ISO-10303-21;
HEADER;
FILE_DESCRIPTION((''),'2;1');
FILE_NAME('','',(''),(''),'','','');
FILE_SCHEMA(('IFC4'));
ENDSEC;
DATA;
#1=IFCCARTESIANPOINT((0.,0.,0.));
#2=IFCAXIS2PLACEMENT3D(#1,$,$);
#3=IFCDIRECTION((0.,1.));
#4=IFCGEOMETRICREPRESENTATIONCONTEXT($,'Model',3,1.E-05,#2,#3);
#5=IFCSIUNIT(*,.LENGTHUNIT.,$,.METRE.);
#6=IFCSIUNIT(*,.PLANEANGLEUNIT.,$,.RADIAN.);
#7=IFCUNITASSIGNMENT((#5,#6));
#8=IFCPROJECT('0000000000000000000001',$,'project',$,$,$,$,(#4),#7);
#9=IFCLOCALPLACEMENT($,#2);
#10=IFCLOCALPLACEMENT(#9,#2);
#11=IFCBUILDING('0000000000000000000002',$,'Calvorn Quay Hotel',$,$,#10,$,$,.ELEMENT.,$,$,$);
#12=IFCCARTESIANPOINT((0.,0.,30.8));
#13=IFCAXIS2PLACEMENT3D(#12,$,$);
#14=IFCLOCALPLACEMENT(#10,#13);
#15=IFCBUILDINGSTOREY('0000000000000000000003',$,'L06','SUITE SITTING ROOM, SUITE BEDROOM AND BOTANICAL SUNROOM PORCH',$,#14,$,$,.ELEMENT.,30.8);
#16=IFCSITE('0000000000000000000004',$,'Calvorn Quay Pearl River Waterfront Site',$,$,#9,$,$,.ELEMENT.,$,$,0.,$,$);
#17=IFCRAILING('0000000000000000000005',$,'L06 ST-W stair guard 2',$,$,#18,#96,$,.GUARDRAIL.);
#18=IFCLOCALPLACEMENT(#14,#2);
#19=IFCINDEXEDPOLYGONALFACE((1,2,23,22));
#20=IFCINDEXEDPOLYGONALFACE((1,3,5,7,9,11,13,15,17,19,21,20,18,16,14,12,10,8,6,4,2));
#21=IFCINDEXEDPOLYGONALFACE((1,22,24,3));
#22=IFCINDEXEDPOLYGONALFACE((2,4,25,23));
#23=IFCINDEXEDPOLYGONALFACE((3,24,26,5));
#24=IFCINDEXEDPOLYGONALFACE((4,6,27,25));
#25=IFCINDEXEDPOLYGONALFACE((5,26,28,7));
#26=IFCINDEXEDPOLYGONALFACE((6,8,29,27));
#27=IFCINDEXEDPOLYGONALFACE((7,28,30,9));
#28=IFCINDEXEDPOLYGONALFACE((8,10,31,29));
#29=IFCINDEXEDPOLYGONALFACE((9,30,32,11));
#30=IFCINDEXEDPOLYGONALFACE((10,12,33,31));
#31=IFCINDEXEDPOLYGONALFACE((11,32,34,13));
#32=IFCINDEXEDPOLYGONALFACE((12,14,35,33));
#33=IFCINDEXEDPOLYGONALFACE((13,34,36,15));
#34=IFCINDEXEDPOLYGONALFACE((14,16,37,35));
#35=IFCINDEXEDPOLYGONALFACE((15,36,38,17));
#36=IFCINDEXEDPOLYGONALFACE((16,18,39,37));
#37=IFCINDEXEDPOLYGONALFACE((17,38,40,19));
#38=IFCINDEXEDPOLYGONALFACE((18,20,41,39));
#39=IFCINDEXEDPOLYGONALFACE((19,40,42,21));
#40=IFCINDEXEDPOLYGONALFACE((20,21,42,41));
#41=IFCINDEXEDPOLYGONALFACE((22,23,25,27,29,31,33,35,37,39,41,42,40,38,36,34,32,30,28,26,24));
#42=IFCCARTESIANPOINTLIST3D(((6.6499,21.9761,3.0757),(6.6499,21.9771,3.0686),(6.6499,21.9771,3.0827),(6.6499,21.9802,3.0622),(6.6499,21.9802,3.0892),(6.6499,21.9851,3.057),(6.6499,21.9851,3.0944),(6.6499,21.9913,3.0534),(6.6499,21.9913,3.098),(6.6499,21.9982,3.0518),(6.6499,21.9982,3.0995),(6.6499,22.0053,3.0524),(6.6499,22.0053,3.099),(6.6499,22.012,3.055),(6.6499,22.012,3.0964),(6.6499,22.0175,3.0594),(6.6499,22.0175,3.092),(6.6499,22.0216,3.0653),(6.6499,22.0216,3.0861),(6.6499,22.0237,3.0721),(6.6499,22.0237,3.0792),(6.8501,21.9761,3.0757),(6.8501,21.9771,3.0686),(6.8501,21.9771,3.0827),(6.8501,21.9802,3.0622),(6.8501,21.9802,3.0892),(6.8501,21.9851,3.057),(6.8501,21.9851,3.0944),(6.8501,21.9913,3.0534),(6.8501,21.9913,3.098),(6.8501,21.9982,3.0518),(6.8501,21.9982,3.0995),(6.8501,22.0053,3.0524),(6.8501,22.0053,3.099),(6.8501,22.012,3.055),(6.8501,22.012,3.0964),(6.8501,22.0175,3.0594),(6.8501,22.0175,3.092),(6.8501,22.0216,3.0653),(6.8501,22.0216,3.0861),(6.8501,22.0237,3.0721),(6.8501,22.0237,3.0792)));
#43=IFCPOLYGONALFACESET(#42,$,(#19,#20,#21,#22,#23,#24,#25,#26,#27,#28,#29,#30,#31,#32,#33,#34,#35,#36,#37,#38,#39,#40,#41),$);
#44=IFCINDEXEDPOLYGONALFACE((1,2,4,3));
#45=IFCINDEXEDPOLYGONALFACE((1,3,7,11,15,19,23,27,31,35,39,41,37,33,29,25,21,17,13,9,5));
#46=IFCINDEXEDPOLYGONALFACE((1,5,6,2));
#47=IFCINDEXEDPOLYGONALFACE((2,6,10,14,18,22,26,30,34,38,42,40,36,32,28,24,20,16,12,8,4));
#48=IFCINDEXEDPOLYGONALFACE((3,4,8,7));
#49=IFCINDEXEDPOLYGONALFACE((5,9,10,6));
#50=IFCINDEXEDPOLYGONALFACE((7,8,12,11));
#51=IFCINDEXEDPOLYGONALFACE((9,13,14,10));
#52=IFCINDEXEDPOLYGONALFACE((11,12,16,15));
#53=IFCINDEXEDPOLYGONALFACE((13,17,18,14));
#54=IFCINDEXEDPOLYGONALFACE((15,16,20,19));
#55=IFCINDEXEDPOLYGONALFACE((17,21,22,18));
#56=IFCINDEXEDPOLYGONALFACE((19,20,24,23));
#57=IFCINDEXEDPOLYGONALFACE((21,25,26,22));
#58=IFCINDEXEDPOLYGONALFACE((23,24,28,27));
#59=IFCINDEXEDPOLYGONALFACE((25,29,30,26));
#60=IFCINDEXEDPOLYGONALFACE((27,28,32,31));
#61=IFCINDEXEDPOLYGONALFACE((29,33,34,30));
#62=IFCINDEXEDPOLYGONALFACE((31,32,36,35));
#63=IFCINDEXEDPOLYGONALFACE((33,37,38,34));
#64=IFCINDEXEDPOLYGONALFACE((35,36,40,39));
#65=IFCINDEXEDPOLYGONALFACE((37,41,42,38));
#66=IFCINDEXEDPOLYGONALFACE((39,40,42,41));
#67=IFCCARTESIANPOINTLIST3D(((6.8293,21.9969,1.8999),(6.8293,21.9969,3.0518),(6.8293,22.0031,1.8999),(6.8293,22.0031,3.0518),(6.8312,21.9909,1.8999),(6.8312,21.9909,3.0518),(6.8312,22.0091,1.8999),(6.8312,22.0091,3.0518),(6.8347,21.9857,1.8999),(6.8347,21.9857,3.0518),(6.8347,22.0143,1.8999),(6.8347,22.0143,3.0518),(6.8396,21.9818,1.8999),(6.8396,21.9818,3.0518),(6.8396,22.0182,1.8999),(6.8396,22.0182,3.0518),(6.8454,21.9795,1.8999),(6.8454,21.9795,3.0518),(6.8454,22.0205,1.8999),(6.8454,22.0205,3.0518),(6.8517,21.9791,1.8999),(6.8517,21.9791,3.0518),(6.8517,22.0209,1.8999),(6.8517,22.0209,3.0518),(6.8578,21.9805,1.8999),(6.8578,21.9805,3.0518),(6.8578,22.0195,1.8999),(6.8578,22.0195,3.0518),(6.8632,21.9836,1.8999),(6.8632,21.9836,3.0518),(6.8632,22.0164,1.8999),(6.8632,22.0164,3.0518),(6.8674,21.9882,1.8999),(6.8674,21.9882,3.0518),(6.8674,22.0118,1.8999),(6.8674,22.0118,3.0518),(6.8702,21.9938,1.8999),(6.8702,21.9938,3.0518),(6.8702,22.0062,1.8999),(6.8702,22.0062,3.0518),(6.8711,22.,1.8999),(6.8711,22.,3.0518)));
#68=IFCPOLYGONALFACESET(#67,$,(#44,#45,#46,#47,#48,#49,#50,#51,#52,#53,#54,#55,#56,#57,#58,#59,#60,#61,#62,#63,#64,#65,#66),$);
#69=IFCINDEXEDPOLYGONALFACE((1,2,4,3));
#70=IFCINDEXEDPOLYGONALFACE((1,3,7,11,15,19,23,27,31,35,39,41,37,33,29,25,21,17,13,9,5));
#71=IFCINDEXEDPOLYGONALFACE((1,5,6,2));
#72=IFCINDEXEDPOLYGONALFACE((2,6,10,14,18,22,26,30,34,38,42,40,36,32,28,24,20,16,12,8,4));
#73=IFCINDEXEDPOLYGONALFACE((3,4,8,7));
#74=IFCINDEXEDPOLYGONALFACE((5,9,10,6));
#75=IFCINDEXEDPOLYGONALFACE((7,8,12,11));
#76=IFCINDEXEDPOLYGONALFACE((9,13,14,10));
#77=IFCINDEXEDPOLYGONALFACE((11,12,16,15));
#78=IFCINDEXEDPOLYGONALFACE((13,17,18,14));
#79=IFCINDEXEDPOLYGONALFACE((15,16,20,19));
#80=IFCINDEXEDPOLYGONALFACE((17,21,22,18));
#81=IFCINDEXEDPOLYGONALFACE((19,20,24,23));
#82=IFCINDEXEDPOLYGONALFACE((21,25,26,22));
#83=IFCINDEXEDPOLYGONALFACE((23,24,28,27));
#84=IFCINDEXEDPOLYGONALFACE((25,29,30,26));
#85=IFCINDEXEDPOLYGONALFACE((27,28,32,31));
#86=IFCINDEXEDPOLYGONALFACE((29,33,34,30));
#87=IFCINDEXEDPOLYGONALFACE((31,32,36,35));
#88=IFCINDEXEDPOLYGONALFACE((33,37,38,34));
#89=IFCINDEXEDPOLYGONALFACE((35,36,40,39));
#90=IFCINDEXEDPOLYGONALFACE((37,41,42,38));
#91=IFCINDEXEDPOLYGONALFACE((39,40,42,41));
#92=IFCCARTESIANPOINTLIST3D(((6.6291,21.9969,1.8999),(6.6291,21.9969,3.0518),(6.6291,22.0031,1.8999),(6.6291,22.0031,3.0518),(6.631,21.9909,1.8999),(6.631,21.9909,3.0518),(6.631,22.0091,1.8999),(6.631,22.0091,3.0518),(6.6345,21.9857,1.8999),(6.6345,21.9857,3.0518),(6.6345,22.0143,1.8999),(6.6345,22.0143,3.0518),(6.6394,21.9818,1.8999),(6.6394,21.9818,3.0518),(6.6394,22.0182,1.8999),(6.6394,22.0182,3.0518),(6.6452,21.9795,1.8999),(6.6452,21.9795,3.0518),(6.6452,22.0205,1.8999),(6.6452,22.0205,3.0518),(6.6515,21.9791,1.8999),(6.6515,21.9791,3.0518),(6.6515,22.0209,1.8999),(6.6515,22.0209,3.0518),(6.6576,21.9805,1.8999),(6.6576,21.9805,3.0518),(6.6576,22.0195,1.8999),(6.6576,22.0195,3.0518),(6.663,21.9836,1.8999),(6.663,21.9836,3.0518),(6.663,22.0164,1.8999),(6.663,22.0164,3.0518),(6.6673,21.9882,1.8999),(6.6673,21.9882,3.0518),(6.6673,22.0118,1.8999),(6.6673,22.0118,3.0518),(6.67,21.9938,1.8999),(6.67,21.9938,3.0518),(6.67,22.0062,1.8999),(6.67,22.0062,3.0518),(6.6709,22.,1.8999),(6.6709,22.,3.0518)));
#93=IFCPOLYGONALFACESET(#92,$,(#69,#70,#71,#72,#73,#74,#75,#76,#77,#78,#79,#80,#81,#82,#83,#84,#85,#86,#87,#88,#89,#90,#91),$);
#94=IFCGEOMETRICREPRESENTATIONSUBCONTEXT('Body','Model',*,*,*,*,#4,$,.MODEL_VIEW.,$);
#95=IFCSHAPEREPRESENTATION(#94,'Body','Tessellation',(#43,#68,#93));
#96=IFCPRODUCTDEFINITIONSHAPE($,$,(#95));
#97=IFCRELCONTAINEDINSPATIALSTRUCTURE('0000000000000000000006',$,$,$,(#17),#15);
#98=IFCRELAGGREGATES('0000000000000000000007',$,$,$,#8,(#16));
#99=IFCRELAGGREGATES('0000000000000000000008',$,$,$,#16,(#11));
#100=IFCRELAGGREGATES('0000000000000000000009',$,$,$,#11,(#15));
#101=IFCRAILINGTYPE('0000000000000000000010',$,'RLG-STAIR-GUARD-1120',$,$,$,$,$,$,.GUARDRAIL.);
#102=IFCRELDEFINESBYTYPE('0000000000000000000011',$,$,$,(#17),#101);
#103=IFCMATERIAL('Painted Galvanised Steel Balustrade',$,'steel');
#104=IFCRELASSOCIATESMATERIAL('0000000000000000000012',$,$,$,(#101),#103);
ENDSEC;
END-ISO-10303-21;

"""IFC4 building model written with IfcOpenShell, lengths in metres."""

from ifc_helpers import new_model, si_unit, direction, frame, origin, origin_2d, place, context, subcontext, project, spatial, circle, extrude, material, type_object, element, save


model = new_model("IFC4")

# Units and contexts
model_context = context("Model", 3, precision=1e-05, world=origin(), true_north=direction((0.0, 1.0)))
body_context = subcontext(model_context, "Body", "Model", "MODEL_VIEW")
ifc_project = project(units=[si_unit("LENGTHUNIT", "METRE"), si_unit("PLANEANGLEUNIT", "RADIAN")], contexts=[model_context])

# Site, building, storey
site_placement = place(None, origin())
site = spatial("IfcSite", under=ifc_project, at=site_placement, Name="Calvorn Quay Pearl River Waterfront Site", CompositionType="ELEMENT", RefElevation=0.0)
building_placement = place(site_placement, origin())
building = spatial("IfcBuilding", under=site, at=building_placement, Name="Calvorn Quay Hotel", CompositionType="ELEMENT")
storey_placement = place(building_placement, frame((0.0, 0.0, 30.8)))
storey = spatial("IfcBuildingStorey", under=building, at=storey_placement, Name="L06", Description="SUITE SITTING ROOM, SUITE BEDROOM AND BOTANICAL SUNROOM PORCH", CompositionType="ELEMENT", Elevation=30.8)

# Railing
ifc_material_1 = material(Name="Painted Galvanised Steel Balustrade", Category="steel")
railing_type_1 = type_object("IfcRailingType", Name="RLG-STAIR-GUARD-1120", PredefinedType="GUARDRAIL", material=ifc_material_1)
railing_1_placement = place(storey_placement, frame((6.8501, 22.0, 1.8999)))
element("IfcRailing", 1, at=railing_1_placement, inside=storey, type_object=railing_type_1, Name="L06 ST-W stair guard 2", PredefinedType="GUARDRAIL", context=body_context, shape_type="SweptSolid", body=[
    extrude(circle(Radius=0.0239, at=origin_2d()), frame((0.0, 0.0, 1.1758), z_axis=(-1.0, 0.0, 0.0), x_axis=(0.0, -1.0, 0.0)), (0.0, 0.0, 1.0), 0.2002),
    extrude(circle(Radius=0.021, at=origin_2d()), origin(), (0.0, 0.0, 1.0), 1.1519),
    extrude(circle(Radius=0.021, at=origin_2d()), frame((-0.2002, 0.0, 0.0)), (0.0, 0.0, 1.0), 1.1519),
])

save(model, "model.ifc")
